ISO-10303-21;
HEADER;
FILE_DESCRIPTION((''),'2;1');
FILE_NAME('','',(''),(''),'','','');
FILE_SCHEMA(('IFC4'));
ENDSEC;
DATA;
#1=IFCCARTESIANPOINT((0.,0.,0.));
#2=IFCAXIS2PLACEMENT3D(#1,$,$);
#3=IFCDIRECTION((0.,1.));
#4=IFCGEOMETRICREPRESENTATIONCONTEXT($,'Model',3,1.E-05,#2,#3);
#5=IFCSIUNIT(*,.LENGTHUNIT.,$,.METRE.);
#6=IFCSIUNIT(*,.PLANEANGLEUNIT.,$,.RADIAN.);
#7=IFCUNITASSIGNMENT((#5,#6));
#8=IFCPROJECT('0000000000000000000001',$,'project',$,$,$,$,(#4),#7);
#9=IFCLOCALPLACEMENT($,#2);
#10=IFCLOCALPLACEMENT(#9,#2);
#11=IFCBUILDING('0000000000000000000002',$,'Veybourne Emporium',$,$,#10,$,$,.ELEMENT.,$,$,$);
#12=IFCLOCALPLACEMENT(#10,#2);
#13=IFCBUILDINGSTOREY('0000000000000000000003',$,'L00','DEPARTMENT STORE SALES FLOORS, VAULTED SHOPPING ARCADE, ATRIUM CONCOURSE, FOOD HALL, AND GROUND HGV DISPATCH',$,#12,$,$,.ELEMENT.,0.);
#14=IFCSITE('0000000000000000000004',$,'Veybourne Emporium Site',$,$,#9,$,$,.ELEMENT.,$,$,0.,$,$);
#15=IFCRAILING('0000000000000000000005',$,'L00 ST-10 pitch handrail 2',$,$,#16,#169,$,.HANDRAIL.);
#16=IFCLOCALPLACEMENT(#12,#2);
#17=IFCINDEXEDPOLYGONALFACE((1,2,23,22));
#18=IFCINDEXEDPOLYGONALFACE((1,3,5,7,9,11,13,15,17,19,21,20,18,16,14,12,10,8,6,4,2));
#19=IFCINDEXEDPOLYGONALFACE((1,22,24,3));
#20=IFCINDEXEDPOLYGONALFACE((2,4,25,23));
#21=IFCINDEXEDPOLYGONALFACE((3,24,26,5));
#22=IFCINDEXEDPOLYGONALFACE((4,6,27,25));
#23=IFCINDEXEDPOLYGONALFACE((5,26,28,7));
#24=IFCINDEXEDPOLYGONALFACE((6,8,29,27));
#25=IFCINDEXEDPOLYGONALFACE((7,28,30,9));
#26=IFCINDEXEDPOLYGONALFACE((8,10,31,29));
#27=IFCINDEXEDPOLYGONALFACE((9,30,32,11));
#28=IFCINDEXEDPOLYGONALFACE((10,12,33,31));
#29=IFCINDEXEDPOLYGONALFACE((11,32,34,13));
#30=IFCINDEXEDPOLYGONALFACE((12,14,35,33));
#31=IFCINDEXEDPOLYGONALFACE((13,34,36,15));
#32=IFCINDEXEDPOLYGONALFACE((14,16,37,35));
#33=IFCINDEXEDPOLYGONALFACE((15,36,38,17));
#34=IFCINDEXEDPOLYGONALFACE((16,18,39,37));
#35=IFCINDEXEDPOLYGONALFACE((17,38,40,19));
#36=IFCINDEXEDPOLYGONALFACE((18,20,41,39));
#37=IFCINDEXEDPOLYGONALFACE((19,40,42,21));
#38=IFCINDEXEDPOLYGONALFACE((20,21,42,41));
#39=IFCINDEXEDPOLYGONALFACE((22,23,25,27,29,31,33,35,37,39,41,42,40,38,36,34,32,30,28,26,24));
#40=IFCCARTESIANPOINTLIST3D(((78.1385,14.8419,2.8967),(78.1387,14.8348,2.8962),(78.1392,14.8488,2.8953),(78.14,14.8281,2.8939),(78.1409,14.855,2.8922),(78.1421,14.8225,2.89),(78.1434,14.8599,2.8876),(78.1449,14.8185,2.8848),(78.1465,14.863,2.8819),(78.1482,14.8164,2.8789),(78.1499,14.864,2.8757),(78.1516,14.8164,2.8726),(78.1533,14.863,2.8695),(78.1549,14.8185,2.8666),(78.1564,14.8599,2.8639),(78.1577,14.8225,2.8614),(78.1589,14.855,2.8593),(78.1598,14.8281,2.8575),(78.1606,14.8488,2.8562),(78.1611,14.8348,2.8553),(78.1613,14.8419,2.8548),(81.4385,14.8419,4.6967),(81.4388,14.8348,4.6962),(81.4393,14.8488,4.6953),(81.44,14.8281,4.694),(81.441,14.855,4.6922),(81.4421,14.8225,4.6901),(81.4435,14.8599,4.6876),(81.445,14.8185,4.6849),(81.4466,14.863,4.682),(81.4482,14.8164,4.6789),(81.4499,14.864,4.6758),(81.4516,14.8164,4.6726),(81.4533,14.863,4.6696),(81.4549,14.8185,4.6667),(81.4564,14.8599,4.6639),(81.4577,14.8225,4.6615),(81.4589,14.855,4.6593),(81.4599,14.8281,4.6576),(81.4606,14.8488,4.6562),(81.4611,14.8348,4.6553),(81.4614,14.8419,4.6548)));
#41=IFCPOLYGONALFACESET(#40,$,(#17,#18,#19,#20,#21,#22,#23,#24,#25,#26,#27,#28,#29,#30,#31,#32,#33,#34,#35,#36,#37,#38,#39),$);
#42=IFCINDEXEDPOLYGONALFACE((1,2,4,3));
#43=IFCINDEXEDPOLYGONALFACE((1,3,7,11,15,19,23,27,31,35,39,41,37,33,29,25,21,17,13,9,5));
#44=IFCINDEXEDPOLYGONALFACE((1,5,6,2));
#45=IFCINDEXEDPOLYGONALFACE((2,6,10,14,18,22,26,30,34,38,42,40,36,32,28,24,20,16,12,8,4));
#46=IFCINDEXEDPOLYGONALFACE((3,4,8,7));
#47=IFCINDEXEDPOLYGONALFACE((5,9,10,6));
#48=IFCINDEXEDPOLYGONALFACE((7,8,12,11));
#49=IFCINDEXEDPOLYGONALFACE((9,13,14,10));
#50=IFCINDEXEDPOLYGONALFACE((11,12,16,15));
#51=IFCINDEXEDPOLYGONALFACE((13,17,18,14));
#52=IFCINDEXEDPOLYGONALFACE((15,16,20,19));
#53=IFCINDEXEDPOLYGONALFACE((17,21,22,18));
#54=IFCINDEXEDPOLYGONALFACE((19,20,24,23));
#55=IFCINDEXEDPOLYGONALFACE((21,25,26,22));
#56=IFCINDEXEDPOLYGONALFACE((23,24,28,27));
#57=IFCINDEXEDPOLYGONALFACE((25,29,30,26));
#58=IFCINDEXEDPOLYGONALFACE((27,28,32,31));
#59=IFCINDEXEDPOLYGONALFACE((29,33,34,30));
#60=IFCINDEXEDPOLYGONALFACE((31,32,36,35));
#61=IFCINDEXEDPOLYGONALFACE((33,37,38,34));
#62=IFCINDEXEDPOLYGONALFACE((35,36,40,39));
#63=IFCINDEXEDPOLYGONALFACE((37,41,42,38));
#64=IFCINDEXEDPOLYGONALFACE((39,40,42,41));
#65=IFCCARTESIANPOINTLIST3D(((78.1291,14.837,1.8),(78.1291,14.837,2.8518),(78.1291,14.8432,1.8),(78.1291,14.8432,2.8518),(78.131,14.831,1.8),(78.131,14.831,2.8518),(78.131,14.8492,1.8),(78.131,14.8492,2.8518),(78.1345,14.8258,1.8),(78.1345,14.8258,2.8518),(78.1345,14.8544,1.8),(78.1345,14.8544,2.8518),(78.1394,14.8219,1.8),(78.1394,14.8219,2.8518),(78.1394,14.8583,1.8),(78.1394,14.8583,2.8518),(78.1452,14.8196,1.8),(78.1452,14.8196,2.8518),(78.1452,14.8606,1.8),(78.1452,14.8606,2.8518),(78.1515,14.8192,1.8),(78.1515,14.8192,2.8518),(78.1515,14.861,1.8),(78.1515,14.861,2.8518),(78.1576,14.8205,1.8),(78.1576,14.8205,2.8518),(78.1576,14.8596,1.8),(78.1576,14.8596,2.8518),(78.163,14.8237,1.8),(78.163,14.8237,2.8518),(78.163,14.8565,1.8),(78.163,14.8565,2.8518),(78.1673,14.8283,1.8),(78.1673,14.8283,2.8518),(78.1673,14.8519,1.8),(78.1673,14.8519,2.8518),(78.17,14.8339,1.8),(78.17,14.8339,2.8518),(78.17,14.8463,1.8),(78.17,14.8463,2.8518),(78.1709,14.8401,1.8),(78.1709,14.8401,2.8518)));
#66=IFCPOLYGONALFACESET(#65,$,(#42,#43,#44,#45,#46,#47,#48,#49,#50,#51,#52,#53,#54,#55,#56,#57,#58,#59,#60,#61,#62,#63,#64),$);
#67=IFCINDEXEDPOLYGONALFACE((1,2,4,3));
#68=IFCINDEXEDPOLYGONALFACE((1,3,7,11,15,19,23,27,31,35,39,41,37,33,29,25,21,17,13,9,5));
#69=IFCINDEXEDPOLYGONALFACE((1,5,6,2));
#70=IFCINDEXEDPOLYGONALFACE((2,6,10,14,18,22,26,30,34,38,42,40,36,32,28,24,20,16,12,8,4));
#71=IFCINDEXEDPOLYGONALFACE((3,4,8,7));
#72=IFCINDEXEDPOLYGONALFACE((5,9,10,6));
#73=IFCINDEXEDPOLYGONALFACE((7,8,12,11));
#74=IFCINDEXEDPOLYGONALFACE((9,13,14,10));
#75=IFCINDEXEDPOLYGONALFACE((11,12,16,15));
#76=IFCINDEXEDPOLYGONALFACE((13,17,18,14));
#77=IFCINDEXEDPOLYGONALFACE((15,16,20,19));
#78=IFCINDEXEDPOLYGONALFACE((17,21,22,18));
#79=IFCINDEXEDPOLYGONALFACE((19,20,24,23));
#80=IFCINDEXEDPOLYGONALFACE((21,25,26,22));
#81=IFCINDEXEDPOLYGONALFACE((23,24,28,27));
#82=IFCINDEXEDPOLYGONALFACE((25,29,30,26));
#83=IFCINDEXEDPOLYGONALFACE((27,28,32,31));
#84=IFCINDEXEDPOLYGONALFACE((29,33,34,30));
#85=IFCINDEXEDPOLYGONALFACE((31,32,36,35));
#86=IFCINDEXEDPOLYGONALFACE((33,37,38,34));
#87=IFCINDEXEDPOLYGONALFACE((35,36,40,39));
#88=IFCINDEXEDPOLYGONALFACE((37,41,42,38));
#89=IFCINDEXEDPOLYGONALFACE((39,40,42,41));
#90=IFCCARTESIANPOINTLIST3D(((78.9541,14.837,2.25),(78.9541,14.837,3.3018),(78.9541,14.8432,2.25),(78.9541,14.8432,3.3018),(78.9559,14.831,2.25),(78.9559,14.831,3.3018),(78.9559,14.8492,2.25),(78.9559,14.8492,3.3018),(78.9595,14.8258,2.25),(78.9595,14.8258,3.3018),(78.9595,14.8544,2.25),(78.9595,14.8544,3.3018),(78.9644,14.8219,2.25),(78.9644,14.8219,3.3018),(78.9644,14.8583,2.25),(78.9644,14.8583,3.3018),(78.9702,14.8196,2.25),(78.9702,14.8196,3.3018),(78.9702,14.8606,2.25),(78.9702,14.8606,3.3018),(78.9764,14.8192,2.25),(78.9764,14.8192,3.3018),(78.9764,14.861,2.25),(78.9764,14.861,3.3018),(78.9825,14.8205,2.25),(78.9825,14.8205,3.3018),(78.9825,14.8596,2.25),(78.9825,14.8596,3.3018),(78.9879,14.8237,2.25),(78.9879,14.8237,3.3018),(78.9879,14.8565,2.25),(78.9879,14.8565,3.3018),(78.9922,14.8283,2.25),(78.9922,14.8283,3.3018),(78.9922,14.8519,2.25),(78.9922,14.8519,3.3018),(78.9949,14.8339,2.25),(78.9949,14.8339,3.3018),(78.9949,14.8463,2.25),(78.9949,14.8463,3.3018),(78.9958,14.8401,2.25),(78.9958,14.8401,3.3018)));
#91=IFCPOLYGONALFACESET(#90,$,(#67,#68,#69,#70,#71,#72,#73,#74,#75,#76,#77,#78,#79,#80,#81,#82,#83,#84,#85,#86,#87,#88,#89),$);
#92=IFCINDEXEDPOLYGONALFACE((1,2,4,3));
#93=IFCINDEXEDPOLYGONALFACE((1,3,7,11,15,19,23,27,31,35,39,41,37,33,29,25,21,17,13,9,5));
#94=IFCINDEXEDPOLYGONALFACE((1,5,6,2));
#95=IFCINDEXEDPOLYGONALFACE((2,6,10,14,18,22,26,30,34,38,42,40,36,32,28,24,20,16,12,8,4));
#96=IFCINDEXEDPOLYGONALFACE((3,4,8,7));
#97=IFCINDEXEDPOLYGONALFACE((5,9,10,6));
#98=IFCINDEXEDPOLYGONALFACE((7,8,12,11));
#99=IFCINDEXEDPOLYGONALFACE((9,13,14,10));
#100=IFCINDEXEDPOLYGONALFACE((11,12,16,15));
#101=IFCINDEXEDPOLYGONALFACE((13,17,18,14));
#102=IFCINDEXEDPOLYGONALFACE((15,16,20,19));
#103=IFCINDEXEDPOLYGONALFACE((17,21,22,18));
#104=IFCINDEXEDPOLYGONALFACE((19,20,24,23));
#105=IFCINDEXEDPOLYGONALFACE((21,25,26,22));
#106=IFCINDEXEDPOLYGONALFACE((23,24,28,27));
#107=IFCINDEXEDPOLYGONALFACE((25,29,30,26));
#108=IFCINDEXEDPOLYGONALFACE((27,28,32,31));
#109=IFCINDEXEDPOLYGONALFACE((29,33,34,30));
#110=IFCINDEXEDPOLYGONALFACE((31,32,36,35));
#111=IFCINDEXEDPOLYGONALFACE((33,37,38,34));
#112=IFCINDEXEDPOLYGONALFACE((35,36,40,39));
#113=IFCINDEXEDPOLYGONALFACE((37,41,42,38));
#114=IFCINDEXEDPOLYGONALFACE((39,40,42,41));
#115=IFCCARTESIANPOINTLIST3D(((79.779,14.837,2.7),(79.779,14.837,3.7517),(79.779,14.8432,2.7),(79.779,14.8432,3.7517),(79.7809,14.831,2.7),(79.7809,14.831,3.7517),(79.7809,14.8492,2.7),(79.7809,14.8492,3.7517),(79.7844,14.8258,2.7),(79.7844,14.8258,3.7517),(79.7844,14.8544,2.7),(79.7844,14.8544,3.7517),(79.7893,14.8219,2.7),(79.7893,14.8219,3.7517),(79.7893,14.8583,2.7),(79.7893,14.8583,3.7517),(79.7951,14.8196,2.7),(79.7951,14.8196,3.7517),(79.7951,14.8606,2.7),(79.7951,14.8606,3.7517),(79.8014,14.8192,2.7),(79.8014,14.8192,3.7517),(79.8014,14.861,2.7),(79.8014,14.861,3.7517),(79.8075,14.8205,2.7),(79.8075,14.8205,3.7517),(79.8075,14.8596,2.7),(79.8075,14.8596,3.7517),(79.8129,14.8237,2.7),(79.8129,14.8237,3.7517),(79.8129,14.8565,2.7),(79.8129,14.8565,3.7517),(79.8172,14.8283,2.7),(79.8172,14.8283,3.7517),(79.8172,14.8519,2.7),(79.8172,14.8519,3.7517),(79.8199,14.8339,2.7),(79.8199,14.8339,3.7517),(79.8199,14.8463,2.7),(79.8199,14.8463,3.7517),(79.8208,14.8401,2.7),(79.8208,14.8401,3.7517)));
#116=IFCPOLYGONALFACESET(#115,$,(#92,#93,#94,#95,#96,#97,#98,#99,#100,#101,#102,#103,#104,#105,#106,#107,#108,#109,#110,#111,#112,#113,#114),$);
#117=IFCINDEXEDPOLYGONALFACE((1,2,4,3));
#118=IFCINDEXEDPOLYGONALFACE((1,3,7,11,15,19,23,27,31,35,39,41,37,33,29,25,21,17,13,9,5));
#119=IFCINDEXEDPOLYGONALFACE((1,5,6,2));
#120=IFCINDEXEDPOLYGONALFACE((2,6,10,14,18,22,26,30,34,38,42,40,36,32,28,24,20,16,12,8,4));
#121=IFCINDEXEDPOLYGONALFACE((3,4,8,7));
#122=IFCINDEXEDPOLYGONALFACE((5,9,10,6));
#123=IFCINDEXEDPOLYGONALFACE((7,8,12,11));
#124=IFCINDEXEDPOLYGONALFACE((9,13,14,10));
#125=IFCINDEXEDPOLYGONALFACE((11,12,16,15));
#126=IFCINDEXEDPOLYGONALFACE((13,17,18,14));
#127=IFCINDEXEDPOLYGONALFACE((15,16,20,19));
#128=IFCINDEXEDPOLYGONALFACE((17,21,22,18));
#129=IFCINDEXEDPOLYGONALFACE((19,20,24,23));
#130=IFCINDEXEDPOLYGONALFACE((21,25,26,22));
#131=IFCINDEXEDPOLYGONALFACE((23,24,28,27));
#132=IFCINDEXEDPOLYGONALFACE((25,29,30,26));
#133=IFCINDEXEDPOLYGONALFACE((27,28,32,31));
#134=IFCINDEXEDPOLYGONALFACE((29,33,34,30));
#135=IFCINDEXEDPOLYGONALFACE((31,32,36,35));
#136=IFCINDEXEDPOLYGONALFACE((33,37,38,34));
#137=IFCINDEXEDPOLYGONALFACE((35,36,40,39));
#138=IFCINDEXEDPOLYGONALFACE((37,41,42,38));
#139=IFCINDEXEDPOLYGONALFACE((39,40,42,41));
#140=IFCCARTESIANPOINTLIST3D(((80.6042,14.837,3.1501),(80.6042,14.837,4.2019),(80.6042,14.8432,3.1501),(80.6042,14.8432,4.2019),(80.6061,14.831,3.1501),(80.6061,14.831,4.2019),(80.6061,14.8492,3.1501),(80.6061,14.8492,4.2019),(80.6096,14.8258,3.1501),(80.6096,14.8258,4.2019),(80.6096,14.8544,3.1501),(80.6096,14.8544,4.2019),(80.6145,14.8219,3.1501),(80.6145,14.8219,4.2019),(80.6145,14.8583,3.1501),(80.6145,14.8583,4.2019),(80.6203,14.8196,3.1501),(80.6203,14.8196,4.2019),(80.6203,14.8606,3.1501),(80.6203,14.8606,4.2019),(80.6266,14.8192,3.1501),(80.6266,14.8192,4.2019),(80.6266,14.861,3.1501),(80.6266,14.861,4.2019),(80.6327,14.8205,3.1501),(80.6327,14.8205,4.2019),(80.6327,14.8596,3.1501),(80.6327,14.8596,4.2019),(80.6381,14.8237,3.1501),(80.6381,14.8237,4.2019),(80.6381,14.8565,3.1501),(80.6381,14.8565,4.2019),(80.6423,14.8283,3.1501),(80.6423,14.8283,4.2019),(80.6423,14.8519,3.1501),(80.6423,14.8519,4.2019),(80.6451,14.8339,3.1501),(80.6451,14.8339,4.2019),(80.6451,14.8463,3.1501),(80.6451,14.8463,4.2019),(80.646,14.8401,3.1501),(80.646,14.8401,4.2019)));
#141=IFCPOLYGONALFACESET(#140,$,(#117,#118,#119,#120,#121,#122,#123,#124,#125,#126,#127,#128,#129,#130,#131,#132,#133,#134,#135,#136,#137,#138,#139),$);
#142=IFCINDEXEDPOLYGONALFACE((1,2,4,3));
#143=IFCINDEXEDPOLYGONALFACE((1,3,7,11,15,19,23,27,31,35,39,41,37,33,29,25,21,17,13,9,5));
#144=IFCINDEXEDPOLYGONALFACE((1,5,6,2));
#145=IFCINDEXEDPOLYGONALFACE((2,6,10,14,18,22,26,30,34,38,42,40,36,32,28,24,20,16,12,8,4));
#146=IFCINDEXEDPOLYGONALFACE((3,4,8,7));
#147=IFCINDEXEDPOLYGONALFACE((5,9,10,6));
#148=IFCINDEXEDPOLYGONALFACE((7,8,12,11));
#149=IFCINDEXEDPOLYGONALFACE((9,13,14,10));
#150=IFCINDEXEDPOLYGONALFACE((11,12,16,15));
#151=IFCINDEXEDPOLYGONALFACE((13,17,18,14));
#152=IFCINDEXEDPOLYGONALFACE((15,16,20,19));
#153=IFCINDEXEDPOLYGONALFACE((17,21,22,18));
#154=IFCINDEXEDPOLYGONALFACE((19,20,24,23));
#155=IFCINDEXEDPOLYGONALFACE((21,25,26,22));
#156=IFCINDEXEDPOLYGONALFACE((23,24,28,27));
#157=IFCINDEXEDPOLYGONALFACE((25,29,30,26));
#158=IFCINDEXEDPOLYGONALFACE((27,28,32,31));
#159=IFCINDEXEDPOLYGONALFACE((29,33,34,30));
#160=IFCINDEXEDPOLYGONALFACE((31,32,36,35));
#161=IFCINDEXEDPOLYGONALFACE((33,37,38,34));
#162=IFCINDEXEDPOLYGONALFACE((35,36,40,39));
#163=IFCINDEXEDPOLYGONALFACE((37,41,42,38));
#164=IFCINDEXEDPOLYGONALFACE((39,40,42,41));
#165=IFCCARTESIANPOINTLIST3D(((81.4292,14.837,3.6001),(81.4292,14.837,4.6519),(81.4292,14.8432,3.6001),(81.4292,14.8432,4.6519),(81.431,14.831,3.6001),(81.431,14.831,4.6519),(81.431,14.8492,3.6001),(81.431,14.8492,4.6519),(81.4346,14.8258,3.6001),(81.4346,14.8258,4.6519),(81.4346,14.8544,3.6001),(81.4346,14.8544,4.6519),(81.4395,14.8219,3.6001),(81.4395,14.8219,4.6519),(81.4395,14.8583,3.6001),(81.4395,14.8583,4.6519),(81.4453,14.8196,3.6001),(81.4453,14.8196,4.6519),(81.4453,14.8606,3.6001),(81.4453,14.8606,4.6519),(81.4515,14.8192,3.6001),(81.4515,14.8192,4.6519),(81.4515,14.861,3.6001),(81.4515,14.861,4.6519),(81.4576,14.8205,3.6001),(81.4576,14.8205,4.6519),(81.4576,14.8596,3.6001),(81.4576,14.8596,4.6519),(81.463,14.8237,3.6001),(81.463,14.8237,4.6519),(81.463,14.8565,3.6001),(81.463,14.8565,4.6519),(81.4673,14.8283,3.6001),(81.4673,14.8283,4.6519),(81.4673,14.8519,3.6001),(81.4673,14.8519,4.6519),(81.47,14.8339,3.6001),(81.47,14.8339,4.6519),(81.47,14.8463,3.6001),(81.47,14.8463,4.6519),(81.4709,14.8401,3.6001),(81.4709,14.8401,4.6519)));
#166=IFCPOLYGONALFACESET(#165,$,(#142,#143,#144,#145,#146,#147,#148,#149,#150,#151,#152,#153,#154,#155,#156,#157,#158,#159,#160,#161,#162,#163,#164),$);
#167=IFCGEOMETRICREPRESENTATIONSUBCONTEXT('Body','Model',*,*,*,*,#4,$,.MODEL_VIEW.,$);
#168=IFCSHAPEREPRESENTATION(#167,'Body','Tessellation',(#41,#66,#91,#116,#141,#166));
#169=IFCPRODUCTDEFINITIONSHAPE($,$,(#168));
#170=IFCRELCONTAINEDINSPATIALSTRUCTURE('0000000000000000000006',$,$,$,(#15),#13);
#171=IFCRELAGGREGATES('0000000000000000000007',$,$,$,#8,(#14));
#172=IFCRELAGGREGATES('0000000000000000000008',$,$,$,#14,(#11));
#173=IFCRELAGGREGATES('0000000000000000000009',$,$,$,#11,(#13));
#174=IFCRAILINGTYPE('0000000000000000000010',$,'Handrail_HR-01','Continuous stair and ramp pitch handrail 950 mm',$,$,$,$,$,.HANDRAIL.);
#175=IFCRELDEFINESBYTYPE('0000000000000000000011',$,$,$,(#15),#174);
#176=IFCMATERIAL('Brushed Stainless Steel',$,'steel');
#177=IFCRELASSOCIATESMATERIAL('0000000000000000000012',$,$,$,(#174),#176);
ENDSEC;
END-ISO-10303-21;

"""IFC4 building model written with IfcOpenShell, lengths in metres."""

from ifc_helpers import new_model, si_unit, direction, frame, origin, origin_2d, place, context, subcontext, project, spatial, circle, extrude, material, type_object, element, save


model = new_model("IFC4")

# Units and contexts
model_context = context("Model", 3, precision=1e-05, world=origin(), true_north=direction((0.0, 1.0)))
body_context = subcontext(model_context, "Body", "Model", "MODEL_VIEW")
ifc_project = project(units=[si_unit("LENGTHUNIT", "METRE"), si_unit("PLANEANGLEUNIT", "RADIAN")], contexts=[model_context])

# Site, building, storey
site_placement = place(None, origin())
site = spatial("IfcSite", under=ifc_project, at=site_placement, Name="Veybourne Emporium Site", CompositionType="ELEMENT", RefElevation=0.0)
building_placement = place(site_placement, origin())
building = spatial("IfcBuilding", under=site, at=building_placement, Name="Veybourne Emporium", CompositionType="ELEMENT")
storey_placement = place(building_placement, origin())
storey = spatial("IfcBuildingStorey", under=building, at=storey_placement, Name="L00", Description="DEPARTMENT STORE SALES FLOORS, VAULTED SHOPPING ARCADE, ATRIUM CONCOURSE, FOOD HALL, AND GROUND HGV DISPATCH", CompositionType="ELEMENT", Elevation=0.0)

# Railing
ifc_material_1 = material(Name="Brushed Stainless Steel", Category="steel")
railing_type_1 = type_object("IfcRailingType", Name="Handrail_HR-01", Description="Continuous stair and ramp pitch handrail 950 mm", PredefinedType="HANDRAIL", material=ifc_material_1)
railing_1_placement = place(storey_placement, frame((78.1499, 14.8401, 1.95)))
element("IfcRailing", 1, at=railing_1_placement, inside=storey, type_object=railing_type_1, Name="L00 ST-10 pitch handrail 2", PredefinedType="HANDRAIL", context=body_context, shape_type="SweptSolid", body=[
    extrude(circle(Radius=0.0239, at=origin_2d()), frame((0.0, 0.0, 0.9258), z_axis=(0.877893, 0.0, 0.478857), x_axis=(0.0, 1.0, 0.0)), (0.0, 0.0, 1.0), 3.759),
    extrude(circle(Radius=0.021, at=origin_2d()), frame((0.0, 0.0, -0.1499)), (0.0, 0.0, 1.0), 1.0518),
    extrude(circle(Radius=0.021, at=origin_2d()), frame((0.825, 0.0, 0.3)), (0.0, 0.0, 1.0), 1.0518),
    extrude(circle(Radius=0.021, at=origin_2d()), frame((1.6499, 0.0, 0.75)), (0.0, 0.0, 1.0), 1.0518),
    extrude(circle(Radius=0.021, at=origin_2d()), frame((2.4751, 0.0, 1.2002)), (0.0, 0.0, 1.0), 1.0518),
    extrude(circle(Radius=0.021, at=origin_2d()), frame((3.3, 0.0, 1.6501)), (0.0, 0.0, 1.0), 1.0518),
])

save(model, "model.ifc")
